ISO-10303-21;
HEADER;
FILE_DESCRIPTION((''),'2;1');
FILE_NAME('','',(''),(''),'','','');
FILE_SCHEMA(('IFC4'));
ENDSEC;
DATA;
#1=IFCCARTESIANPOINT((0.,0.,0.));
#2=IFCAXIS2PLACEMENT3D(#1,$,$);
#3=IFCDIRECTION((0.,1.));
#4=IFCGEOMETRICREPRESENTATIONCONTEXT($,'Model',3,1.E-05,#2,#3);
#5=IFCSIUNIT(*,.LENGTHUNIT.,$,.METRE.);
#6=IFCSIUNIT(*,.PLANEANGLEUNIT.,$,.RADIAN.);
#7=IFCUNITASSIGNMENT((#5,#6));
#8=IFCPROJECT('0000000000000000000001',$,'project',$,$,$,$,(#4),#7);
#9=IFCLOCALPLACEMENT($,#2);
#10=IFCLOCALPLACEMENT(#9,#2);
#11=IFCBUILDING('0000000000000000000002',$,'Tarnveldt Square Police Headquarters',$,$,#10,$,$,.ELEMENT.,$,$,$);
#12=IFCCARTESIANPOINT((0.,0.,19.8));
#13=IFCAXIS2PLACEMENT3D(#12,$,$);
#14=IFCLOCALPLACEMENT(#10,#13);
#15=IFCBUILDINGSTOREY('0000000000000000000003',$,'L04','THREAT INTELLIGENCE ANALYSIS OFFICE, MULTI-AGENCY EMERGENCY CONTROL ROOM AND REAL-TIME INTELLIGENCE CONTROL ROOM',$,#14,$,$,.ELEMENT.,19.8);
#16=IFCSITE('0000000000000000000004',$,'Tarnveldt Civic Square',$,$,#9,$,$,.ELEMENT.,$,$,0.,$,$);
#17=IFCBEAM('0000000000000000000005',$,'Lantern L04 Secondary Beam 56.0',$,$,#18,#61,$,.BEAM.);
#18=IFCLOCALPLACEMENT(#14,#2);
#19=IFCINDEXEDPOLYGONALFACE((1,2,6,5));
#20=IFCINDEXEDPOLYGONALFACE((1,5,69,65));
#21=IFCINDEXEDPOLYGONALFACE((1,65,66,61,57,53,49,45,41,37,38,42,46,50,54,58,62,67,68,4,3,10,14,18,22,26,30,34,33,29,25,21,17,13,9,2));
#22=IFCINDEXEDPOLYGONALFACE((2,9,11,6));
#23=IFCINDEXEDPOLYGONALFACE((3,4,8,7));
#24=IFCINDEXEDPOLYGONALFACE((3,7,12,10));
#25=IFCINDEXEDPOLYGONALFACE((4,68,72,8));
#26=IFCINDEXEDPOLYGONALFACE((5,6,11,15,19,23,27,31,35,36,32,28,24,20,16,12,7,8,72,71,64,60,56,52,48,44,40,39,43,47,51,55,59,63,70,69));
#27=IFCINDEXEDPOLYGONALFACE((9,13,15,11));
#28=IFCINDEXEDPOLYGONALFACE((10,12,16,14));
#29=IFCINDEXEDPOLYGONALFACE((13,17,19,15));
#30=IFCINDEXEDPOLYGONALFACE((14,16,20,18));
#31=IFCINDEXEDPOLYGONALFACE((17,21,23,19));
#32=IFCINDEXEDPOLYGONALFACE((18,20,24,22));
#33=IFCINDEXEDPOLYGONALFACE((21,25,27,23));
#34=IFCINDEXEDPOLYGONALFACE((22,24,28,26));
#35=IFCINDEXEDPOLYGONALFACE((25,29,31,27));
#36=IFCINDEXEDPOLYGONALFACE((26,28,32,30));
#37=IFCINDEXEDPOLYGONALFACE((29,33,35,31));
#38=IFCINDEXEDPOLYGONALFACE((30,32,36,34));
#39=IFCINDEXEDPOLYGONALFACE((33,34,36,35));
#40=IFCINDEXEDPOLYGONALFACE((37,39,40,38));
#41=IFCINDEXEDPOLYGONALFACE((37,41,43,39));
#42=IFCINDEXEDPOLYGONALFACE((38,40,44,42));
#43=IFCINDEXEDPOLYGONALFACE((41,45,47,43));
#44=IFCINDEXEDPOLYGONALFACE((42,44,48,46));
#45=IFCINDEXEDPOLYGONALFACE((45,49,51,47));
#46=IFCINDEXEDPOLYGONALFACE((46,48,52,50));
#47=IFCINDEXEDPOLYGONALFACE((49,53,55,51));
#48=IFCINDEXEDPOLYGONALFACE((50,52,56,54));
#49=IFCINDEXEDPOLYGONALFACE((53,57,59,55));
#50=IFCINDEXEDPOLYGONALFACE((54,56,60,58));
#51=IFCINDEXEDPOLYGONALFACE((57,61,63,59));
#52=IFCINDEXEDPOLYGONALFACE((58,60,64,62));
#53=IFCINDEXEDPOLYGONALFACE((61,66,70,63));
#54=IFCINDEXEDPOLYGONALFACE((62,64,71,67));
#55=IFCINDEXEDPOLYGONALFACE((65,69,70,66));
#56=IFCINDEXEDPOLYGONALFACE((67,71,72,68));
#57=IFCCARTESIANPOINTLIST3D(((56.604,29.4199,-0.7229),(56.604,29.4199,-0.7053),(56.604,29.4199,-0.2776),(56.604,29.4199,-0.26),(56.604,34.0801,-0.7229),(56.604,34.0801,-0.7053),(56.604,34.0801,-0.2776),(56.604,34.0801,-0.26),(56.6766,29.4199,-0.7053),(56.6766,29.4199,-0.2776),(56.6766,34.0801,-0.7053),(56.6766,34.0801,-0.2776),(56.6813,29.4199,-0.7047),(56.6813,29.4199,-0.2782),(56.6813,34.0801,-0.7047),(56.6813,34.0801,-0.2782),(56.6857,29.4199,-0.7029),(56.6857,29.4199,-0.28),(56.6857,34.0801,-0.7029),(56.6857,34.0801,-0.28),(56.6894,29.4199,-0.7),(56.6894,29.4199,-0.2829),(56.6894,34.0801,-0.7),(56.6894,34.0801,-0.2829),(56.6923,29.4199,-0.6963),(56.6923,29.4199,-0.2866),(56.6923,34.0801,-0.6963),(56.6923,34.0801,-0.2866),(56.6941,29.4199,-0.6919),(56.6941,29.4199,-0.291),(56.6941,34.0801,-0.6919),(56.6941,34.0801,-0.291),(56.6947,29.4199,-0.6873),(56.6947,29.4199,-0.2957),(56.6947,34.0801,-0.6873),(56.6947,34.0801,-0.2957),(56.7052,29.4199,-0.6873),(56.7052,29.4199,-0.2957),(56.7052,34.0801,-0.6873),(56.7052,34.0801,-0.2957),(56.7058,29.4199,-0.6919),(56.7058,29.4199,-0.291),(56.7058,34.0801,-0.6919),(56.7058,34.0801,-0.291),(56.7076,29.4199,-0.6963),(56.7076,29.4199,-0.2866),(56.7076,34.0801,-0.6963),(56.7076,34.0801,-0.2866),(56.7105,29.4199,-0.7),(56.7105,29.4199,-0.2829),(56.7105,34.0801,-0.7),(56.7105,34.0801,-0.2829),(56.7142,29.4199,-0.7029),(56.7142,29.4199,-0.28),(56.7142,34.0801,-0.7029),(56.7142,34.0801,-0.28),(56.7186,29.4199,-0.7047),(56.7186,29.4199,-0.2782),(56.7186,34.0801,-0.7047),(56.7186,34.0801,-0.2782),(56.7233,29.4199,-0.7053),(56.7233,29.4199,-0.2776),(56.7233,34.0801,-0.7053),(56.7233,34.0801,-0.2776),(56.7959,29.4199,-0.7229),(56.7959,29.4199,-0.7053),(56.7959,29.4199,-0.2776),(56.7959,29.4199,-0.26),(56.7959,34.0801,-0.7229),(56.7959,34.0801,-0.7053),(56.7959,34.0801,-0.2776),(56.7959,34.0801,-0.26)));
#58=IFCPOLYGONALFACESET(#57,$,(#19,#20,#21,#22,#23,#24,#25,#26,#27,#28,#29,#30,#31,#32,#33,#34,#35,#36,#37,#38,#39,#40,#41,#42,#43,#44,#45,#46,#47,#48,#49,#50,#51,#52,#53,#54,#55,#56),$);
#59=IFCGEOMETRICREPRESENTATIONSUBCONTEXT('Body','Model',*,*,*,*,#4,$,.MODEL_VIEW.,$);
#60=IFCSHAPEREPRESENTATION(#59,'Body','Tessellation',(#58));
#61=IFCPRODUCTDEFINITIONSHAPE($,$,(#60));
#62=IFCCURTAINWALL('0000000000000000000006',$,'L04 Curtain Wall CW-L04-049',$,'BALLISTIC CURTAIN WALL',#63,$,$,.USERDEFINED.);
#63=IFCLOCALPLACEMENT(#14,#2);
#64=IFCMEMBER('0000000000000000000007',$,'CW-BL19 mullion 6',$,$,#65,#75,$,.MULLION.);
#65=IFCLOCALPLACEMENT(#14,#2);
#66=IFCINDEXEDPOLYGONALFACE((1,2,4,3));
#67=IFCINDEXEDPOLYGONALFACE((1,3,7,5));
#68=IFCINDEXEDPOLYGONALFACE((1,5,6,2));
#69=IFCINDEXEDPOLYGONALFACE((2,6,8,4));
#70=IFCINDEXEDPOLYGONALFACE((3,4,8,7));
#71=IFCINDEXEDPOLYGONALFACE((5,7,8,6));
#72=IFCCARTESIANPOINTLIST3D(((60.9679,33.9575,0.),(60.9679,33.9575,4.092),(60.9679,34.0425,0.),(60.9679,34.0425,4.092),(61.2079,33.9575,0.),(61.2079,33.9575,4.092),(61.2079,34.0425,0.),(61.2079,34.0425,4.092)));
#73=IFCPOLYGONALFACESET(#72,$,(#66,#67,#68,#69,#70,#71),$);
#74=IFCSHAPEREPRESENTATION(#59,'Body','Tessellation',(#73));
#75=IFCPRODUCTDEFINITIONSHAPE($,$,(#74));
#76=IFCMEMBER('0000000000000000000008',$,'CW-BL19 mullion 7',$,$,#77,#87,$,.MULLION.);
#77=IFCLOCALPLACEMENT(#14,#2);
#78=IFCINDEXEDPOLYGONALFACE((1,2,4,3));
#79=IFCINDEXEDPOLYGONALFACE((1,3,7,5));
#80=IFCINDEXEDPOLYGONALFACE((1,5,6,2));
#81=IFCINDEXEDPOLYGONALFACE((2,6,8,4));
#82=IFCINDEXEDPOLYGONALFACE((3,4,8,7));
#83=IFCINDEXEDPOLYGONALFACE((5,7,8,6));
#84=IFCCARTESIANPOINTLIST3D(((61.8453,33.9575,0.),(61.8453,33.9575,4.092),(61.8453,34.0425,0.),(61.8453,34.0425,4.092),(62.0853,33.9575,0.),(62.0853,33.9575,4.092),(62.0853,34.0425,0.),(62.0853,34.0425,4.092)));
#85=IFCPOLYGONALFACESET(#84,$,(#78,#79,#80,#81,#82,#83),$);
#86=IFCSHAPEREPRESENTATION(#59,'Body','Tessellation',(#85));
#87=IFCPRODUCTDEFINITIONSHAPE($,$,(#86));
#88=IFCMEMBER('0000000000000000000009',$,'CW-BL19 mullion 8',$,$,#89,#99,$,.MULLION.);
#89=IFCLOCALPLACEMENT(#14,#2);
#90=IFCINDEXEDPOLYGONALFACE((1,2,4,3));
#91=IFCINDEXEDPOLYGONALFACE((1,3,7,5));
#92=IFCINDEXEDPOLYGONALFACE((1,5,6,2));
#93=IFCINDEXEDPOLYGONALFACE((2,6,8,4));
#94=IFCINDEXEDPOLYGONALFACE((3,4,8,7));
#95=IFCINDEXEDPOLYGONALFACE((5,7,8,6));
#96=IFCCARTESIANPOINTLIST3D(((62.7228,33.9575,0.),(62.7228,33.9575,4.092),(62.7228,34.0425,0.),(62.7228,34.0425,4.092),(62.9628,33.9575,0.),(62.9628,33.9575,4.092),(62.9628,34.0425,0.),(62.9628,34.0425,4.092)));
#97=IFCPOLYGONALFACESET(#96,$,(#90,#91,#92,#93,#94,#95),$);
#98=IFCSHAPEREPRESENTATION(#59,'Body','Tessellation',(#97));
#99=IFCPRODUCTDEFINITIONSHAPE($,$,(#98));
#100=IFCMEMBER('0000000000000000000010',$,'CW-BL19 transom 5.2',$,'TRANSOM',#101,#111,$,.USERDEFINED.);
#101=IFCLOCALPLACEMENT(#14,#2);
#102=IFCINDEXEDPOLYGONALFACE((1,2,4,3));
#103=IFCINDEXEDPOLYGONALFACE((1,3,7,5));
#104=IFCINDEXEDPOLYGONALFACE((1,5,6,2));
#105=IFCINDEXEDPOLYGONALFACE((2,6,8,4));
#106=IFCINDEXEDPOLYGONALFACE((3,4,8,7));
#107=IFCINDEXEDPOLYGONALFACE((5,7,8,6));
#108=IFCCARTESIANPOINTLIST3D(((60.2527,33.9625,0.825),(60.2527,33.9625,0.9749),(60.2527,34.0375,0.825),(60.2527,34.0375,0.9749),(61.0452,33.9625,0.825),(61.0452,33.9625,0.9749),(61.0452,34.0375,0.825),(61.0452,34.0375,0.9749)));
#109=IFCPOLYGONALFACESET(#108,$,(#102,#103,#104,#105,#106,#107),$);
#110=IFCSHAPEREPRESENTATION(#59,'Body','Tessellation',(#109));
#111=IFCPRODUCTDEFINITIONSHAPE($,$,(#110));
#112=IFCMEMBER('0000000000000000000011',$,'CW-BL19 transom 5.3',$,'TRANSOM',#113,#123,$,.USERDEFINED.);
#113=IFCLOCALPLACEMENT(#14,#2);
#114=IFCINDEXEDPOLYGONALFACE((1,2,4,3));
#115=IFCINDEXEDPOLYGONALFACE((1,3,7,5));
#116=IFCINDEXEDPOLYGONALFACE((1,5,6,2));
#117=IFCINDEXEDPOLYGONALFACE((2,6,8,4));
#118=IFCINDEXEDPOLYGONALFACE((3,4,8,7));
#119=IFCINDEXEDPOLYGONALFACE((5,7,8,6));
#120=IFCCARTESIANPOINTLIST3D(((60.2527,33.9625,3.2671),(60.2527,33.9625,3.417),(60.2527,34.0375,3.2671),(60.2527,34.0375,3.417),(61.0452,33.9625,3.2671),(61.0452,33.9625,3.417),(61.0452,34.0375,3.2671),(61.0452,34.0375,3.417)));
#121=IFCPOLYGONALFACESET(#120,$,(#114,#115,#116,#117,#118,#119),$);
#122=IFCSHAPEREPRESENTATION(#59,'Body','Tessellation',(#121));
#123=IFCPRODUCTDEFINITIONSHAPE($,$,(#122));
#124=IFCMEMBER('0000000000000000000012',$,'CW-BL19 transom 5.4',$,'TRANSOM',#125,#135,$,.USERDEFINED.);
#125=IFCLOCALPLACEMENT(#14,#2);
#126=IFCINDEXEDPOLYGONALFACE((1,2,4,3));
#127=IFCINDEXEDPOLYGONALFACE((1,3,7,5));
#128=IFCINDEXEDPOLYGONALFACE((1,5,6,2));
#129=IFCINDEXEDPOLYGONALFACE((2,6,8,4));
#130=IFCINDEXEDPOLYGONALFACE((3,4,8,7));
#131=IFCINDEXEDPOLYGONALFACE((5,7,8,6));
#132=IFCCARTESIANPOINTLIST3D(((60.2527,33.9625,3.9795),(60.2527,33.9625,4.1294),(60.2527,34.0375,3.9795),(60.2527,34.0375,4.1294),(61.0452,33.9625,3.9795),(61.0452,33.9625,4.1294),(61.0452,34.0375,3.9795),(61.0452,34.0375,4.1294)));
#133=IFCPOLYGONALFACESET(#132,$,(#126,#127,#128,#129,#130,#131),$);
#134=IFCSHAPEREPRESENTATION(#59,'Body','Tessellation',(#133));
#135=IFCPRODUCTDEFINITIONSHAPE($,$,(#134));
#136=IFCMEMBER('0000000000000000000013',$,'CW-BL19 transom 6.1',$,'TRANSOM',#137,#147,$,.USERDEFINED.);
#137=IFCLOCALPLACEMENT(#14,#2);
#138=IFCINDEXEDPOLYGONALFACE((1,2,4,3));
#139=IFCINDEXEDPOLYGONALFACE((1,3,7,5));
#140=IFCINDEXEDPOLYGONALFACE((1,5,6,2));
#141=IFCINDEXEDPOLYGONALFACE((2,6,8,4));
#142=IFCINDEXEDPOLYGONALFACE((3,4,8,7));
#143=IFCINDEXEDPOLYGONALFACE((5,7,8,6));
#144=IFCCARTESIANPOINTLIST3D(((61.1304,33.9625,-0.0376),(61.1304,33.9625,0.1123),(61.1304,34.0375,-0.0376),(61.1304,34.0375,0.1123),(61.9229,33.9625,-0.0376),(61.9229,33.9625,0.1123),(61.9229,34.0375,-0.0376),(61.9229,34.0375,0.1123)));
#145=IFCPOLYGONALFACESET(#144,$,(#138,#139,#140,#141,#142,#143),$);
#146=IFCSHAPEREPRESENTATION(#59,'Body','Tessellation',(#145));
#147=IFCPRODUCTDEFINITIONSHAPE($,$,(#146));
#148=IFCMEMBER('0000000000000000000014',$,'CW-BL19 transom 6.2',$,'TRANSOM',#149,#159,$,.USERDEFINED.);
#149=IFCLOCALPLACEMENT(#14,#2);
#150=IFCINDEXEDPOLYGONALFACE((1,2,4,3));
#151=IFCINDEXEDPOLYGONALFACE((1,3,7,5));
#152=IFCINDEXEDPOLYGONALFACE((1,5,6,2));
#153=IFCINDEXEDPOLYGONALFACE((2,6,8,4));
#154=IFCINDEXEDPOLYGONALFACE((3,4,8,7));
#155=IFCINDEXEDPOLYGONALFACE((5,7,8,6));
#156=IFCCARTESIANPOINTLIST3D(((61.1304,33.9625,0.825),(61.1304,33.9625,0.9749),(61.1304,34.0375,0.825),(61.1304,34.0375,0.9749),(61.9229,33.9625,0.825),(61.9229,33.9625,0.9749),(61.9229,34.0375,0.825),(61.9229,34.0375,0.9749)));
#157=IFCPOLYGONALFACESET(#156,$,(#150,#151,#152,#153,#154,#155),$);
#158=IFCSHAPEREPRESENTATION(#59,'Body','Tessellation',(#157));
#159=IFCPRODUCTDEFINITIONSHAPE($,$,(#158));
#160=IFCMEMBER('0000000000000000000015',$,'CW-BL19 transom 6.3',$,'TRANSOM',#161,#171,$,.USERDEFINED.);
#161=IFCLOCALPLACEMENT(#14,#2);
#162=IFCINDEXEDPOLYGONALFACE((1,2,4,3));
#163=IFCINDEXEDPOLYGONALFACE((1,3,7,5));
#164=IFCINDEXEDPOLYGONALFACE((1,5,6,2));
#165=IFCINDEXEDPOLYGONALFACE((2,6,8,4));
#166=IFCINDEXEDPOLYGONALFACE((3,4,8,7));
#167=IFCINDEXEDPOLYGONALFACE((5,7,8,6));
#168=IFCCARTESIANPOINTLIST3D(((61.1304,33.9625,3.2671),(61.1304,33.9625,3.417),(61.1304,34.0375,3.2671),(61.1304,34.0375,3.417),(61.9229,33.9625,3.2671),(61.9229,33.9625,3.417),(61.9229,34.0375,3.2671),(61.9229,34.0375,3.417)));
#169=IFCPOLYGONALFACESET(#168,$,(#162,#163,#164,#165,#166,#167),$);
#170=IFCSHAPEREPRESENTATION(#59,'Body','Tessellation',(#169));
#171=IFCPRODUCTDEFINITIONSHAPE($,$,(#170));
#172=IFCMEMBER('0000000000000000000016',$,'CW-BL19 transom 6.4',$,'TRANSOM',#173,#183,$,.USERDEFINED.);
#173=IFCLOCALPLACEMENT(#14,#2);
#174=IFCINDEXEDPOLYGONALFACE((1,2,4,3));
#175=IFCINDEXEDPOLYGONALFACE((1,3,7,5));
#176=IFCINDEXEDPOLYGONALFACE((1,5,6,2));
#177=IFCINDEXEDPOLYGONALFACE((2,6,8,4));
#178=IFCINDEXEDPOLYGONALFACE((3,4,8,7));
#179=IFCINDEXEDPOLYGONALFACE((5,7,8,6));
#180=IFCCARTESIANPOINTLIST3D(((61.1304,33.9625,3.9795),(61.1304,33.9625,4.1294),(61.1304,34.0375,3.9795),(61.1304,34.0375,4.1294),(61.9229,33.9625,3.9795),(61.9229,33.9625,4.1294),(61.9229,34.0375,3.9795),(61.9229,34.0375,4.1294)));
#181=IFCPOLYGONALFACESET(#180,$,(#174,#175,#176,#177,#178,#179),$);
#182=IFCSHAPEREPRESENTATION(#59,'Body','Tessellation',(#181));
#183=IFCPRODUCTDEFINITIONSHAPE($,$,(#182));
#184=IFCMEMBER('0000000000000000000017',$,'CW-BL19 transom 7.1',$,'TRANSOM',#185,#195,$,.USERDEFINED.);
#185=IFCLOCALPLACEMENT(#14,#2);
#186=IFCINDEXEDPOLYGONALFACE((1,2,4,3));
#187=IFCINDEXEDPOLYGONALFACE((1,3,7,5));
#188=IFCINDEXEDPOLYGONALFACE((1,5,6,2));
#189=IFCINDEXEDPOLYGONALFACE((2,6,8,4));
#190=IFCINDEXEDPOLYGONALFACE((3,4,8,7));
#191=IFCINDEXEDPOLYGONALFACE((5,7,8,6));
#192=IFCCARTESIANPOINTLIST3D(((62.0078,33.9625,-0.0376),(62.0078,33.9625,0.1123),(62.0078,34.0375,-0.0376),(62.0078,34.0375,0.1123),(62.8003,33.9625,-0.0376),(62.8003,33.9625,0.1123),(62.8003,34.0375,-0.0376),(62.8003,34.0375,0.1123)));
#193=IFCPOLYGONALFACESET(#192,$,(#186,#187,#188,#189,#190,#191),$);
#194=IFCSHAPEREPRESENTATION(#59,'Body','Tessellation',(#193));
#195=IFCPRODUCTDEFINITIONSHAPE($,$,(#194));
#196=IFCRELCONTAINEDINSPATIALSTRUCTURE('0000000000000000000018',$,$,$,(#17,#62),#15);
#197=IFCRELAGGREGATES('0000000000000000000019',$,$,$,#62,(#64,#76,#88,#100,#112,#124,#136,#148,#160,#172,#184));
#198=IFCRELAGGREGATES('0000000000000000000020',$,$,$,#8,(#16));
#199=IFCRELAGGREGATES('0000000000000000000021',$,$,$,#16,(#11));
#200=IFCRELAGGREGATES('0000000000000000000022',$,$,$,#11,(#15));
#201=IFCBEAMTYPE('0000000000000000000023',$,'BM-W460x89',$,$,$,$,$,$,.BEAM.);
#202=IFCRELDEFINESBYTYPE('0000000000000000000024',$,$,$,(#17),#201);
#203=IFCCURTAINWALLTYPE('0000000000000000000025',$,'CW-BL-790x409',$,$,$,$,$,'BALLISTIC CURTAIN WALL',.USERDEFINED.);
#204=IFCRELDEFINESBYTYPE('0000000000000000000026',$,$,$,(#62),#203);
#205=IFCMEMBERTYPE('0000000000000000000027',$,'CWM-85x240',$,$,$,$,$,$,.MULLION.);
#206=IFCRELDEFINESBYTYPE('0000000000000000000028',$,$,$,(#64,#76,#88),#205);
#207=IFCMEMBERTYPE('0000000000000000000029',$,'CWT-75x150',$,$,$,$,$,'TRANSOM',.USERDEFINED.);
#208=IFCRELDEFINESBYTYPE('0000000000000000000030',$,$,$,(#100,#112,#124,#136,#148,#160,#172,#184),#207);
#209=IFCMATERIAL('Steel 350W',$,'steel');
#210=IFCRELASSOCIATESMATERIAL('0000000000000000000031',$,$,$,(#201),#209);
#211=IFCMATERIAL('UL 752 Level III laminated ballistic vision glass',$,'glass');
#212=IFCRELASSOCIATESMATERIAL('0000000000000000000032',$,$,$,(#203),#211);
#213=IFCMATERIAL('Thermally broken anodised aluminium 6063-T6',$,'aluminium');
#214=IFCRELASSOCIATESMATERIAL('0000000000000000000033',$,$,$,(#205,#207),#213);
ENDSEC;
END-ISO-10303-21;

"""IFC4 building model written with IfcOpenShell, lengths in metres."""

from ifc_helpers import new_model, si_unit, direction, frame, origin, origin_2d, place, context, subcontext, project, spatial, rectangle, i_section, extrude, material, material_profile, profile_set, type_object, element, aggregate, save


model = new_model("IFC4")

# Units and contexts
model_context = context("Model", 3, precision=1e-05, world=origin(), true_north=direction((0.0, 1.0)))
body_context = subcontext(model_context, "Body", "Model", "MODEL_VIEW")
ifc_project = project(units=[si_unit("LENGTHUNIT", "METRE"), si_unit("PLANEANGLEUNIT", "RADIAN")], contexts=[model_context])

# Site, building, storey
site_placement = place(None, origin())
site = spatial("IfcSite", under=ifc_project, at=site_placement, Name="Tarnveldt Civic Square", CompositionType="ELEMENT", RefElevation=0.0)
building_placement = place(site_placement, origin())
building = spatial("IfcBuilding", under=site, at=building_placement, Name="Tarnveldt Square Police Headquarters", CompositionType="ELEMENT")
storey_placement = place(building_placement, frame((0.0, 0.0, 19.8)))
storey = spatial("IfcBuildingStorey", under=building, at=storey_placement, Name="L04", Description="THREAT INTELLIGENCE ANALYSIS OFFICE, MULTI-AGENCY EMERGENCY CONTROL ROOM AND REAL-TIME INTELLIGENCE CONTROL ROOM", CompositionType="ELEMENT", Elevation=19.8)

# Beam
ifc_material_1 = material(Name="Steel 350W", Category="steel")
ifc_material_profile_1 = material_profile(ifc_material_1, i_section(OverallWidth=0.1919, OverallDepth=0.4629, WebThickness=0.0105, FlangeThickness=0.0176, FilletRadius=0.0181, at=origin_2d()), Name="W460x89")
ifc_profile_set_1 = profile_set([ifc_material_profile_1], Name="Steel 350W")
beam_type = type_object("IfcBeamType", Name="BM-W460x89", PredefinedType="BEAM", material=ifc_profile_set_1)
beam_placement = place(storey_placement, frame((56.7, 34.0801, -0.4915), z_axis=(0.0, -1.0, 0.0), x_axis=(1.0, 0.0, 0.0)))
element("IfcBeam", 1, at=beam_placement, inside=storey, type_object=beam_type, Name="Lantern L04 Secondary Beam 56.0", PredefinedType="BEAM", context=body_context, shape_type="SweptSolid", body=[
    extrude(i_section(OverallWidth=0.1919, OverallDepth=0.4629, WebThickness=0.0105, FlangeThickness=0.0176, FilletRadius=0.0181, at=origin_2d()), origin(), (0.0, 0.0, 1.0), 4.6602),
])

# Curtain wall, members
ifc_material_2 = material(Name="UL 752 Level III laminated ballistic vision glass", Category="glass")
curtain_wall_type = type_object("IfcCurtainWallType", Name="CW-BL-790x409", ElementType="BALLISTIC CURTAIN WALL", PredefinedType="USERDEFINED", material=ifc_material_2)
curtain_wall_placement = place(storey_placement, origin())
curtain_wall = element("IfcCurtainWall", 2, at=curtain_wall_placement, inside=storey, type_object=curtain_wall_type, Name="L04 Curtain Wall CW-L04-049", ObjectType="BALLISTIC CURTAIN WALL", PredefinedType="USERDEFINED")
ifc_material_3 = material(Name="Thermally broken anodised aluminium 6063-T6", Category="aluminium")
ifc_material_profile_2 = material_profile(ifc_material_3, rectangle(XDim=0.085, YDim=0.24, at=origin_2d()), Name="CW-M85x240")
ifc_profile_set_2 = profile_set([ifc_material_profile_2], Name="Thermally broken anodised aluminium 6063-T6")
member_type_1 = type_object("IfcMemberType", Name="CWM-85x240", PredefinedType="MULLION", material=ifc_profile_set_2)
member_1_placement = place(storey_placement, frame((61.0879, 34.0, 0.0), z_axis=(0.0, 0.0, 1.0), x_axis=(0.0, 1.0, 0.0)))
member_1 = element("IfcMember", 3, at=member_1_placement, type_object=member_type_1, Name="CW-BL19 mullion 6", PredefinedType="MULLION", context=body_context, shape_type="SweptSolid", body=[
    extrude(rectangle(XDim=0.085, YDim=0.24, at=origin_2d()), origin(), (0.0, 0.0, 1.0), 4.092),
])
member_2_placement = place(storey_placement, frame((61.9653, 34.0, 0.0), z_axis=(0.0, 0.0, 1.0), x_axis=(0.0, 1.0, 0.0)))
member_2 = element("IfcMember", 4, at=member_2_placement, type_object=member_type_1, Name="CW-BL19 mullion 7", PredefinedType="MULLION", context=body_context, shape_type="SweptSolid", body=[
    extrude(rectangle(XDim=0.085, YDim=0.24, at=origin_2d()), origin(), (0.0, 0.0, 1.0), 4.092),
])
member_3_placement = place(storey_placement, frame((62.8428, 34.0, 0.0), z_axis=(0.0, 0.0, 1.0), x_axis=(0.0, 1.0, 0.0)))
member_3 = element("IfcMember", 5, at=member_3_placement, type_object=member_type_1, Name="CW-BL19 mullion 8", PredefinedType="MULLION", context=body_context, shape_type="SweptSolid", body=[
    extrude(rectangle(XDim=0.085, YDim=0.24, at=origin_2d()), origin(), (0.0, 0.0, 1.0), 4.092),
])
ifc_material_profile_3 = material_profile(ifc_material_3, rectangle(XDim=0.075, YDim=0.1499, at=origin_2d()), Name="CW-T75x150")
ifc_profile_set_3 = profile_set([ifc_material_profile_3], Name="Thermally broken anodised aluminium 6063-T6")
member_type_2 = type_object("IfcMemberType", Name="CWT-75x150", ElementType="TRANSOM", PredefinedType="USERDEFINED", material=ifc_profile_set_3)
member_4_placement = place(storey_placement, frame((60.2527, 34.0, 0.8999), z_axis=(1.0, 0.0, 0.0), x_axis=(0.0, 1.0, 0.0)))
member_4 = element("IfcMember", 6, at=member_4_placement, type_object=member_type_2, Name="CW-BL19 transom 5.2", ObjectType="TRANSOM", PredefinedType="USERDEFINED", context=body_context, shape_type="SweptSolid", body=[
    extrude(rectangle(XDim=0.075, YDim=0.1499, at=origin_2d()), origin(), (0.0, 0.0, 1.0), 0.7925),
])
member_5_placement = place(storey_placement, frame((60.2527, 34.0, 3.342), z_axis=(1.0, 0.0, 0.0), x_axis=(0.0, 1.0, 0.0)))
member_5 = element("IfcMember", 7, at=member_5_placement, type_object=member_type_2, Name="CW-BL19 transom 5.3", ObjectType="TRANSOM", PredefinedType="USERDEFINED", context=body_context, shape_type="SweptSolid", body=[
    extrude(rectangle(XDim=0.075, YDim=0.1499, at=origin_2d()), origin(), (0.0, 0.0, 1.0), 0.7925),
])
member_6_placement = place(storey_placement, frame((60.2527, 34.0, 4.0544), z_axis=(1.0, 0.0, 0.0), x_axis=(0.0, 1.0, 0.0)))
member_6 = element("IfcMember", 8, at=member_6_placement, type_object=member_type_2, Name="CW-BL19 transom 5.4", ObjectType="TRANSOM", PredefinedType="USERDEFINED", context=body_context, shape_type="SweptSolid", body=[
    extrude(rectangle(XDim=0.075, YDim=0.1499, at=origin_2d()), origin(), (0.0, 0.0, 1.0), 0.7925),
])
member_7_placement = place(storey_placement, frame((61.1304, 34.0, 0.0374), z_axis=(1.0, 0.0, 0.0), x_axis=(0.0, 1.0, 0.0)))
member_7 = element("IfcMember", 9, at=member_7_placement, type_object=member_type_2, Name="CW-BL19 transom 6.1", ObjectType="TRANSOM", PredefinedType="USERDEFINED", context=body_context, shape_type="SweptSolid", body=[
    extrude(rectangle(XDim=0.075, YDim=0.1499, at=origin_2d()), origin(), (0.0, 0.0, 1.0), 0.7925),
])
member_8_placement = place(storey_placement, frame((61.1304, 34.0, 0.8999), z_axis=(1.0, 0.0, 0.0), x_axis=(0.0, 1.0, 0.0)))
member_8 = element("IfcMember", 10, at=member_8_placement, type_object=member_type_2, Name="CW-BL19 transom 6.2", ObjectType="TRANSOM", PredefinedType="USERDEFINED", context=body_context, shape_type="SweptSolid", body=[
    extrude(rectangle(XDim=0.075, YDim=0.1499, at=origin_2d()), origin(), (0.0, 0.0, 1.0), 0.7925),
])
member_9_placement = place(storey_placement, frame((61.1304, 34.0, 3.342), z_axis=(1.0, 0.0, 0.0), x_axis=(0.0, 1.0, 0.0)))
member_9 = element("IfcMember", 11, at=member_9_placement, type_object=member_type_2, Name="CW-BL19 transom 6.3", ObjectType="TRANSOM", PredefinedType="USERDEFINED", context=body_context, shape_type="SweptSolid", body=[
    extrude(rectangle(XDim=0.075, YDim=0.1499, at=origin_2d()), origin(), (0.0, 0.0, 1.0), 0.7925),
])
member_10_placement = place(storey_placement, frame((61.1304, 34.0, 4.0544), z_axis=(1.0, 0.0, 0.0), x_axis=(0.0, 1.0, 0.0)))
member_10 = element("IfcMember", 12, at=member_10_placement, type_object=member_type_2, Name="CW-BL19 transom 6.4", ObjectType="TRANSOM", PredefinedType="USERDEFINED", context=body_context, shape_type="SweptSolid", body=[
    extrude(rectangle(XDim=0.075, YDim=0.1499, at=origin_2d()), origin(), (0.0, 0.0, 1.0), 0.7925),
])
member_11_placement = place(storey_placement, frame((62.0078, 34.0, 0.0374), z_axis=(1.0, 0.0, 0.0), x_axis=(0.0, 1.0, 0.0)))
member_11 = element("IfcMember", 13, at=member_11_placement, type_object=member_type_2, Name="CW-BL19 transom 7.1", ObjectType="TRANSOM", PredefinedType="USERDEFINED", context=body_context, shape_type="SweptSolid", body=[
    extrude(rectangle(XDim=0.075, YDim=0.1499, at=origin_2d()), origin(), (0.0, 0.0, 1.0), 0.7925),
])

aggregate(curtain_wall, [member_1, member_2, member_3, member_4, member_5, member_6, member_7, member_8, member_9, member_10, member_11])

save(model, "model.ifc")
